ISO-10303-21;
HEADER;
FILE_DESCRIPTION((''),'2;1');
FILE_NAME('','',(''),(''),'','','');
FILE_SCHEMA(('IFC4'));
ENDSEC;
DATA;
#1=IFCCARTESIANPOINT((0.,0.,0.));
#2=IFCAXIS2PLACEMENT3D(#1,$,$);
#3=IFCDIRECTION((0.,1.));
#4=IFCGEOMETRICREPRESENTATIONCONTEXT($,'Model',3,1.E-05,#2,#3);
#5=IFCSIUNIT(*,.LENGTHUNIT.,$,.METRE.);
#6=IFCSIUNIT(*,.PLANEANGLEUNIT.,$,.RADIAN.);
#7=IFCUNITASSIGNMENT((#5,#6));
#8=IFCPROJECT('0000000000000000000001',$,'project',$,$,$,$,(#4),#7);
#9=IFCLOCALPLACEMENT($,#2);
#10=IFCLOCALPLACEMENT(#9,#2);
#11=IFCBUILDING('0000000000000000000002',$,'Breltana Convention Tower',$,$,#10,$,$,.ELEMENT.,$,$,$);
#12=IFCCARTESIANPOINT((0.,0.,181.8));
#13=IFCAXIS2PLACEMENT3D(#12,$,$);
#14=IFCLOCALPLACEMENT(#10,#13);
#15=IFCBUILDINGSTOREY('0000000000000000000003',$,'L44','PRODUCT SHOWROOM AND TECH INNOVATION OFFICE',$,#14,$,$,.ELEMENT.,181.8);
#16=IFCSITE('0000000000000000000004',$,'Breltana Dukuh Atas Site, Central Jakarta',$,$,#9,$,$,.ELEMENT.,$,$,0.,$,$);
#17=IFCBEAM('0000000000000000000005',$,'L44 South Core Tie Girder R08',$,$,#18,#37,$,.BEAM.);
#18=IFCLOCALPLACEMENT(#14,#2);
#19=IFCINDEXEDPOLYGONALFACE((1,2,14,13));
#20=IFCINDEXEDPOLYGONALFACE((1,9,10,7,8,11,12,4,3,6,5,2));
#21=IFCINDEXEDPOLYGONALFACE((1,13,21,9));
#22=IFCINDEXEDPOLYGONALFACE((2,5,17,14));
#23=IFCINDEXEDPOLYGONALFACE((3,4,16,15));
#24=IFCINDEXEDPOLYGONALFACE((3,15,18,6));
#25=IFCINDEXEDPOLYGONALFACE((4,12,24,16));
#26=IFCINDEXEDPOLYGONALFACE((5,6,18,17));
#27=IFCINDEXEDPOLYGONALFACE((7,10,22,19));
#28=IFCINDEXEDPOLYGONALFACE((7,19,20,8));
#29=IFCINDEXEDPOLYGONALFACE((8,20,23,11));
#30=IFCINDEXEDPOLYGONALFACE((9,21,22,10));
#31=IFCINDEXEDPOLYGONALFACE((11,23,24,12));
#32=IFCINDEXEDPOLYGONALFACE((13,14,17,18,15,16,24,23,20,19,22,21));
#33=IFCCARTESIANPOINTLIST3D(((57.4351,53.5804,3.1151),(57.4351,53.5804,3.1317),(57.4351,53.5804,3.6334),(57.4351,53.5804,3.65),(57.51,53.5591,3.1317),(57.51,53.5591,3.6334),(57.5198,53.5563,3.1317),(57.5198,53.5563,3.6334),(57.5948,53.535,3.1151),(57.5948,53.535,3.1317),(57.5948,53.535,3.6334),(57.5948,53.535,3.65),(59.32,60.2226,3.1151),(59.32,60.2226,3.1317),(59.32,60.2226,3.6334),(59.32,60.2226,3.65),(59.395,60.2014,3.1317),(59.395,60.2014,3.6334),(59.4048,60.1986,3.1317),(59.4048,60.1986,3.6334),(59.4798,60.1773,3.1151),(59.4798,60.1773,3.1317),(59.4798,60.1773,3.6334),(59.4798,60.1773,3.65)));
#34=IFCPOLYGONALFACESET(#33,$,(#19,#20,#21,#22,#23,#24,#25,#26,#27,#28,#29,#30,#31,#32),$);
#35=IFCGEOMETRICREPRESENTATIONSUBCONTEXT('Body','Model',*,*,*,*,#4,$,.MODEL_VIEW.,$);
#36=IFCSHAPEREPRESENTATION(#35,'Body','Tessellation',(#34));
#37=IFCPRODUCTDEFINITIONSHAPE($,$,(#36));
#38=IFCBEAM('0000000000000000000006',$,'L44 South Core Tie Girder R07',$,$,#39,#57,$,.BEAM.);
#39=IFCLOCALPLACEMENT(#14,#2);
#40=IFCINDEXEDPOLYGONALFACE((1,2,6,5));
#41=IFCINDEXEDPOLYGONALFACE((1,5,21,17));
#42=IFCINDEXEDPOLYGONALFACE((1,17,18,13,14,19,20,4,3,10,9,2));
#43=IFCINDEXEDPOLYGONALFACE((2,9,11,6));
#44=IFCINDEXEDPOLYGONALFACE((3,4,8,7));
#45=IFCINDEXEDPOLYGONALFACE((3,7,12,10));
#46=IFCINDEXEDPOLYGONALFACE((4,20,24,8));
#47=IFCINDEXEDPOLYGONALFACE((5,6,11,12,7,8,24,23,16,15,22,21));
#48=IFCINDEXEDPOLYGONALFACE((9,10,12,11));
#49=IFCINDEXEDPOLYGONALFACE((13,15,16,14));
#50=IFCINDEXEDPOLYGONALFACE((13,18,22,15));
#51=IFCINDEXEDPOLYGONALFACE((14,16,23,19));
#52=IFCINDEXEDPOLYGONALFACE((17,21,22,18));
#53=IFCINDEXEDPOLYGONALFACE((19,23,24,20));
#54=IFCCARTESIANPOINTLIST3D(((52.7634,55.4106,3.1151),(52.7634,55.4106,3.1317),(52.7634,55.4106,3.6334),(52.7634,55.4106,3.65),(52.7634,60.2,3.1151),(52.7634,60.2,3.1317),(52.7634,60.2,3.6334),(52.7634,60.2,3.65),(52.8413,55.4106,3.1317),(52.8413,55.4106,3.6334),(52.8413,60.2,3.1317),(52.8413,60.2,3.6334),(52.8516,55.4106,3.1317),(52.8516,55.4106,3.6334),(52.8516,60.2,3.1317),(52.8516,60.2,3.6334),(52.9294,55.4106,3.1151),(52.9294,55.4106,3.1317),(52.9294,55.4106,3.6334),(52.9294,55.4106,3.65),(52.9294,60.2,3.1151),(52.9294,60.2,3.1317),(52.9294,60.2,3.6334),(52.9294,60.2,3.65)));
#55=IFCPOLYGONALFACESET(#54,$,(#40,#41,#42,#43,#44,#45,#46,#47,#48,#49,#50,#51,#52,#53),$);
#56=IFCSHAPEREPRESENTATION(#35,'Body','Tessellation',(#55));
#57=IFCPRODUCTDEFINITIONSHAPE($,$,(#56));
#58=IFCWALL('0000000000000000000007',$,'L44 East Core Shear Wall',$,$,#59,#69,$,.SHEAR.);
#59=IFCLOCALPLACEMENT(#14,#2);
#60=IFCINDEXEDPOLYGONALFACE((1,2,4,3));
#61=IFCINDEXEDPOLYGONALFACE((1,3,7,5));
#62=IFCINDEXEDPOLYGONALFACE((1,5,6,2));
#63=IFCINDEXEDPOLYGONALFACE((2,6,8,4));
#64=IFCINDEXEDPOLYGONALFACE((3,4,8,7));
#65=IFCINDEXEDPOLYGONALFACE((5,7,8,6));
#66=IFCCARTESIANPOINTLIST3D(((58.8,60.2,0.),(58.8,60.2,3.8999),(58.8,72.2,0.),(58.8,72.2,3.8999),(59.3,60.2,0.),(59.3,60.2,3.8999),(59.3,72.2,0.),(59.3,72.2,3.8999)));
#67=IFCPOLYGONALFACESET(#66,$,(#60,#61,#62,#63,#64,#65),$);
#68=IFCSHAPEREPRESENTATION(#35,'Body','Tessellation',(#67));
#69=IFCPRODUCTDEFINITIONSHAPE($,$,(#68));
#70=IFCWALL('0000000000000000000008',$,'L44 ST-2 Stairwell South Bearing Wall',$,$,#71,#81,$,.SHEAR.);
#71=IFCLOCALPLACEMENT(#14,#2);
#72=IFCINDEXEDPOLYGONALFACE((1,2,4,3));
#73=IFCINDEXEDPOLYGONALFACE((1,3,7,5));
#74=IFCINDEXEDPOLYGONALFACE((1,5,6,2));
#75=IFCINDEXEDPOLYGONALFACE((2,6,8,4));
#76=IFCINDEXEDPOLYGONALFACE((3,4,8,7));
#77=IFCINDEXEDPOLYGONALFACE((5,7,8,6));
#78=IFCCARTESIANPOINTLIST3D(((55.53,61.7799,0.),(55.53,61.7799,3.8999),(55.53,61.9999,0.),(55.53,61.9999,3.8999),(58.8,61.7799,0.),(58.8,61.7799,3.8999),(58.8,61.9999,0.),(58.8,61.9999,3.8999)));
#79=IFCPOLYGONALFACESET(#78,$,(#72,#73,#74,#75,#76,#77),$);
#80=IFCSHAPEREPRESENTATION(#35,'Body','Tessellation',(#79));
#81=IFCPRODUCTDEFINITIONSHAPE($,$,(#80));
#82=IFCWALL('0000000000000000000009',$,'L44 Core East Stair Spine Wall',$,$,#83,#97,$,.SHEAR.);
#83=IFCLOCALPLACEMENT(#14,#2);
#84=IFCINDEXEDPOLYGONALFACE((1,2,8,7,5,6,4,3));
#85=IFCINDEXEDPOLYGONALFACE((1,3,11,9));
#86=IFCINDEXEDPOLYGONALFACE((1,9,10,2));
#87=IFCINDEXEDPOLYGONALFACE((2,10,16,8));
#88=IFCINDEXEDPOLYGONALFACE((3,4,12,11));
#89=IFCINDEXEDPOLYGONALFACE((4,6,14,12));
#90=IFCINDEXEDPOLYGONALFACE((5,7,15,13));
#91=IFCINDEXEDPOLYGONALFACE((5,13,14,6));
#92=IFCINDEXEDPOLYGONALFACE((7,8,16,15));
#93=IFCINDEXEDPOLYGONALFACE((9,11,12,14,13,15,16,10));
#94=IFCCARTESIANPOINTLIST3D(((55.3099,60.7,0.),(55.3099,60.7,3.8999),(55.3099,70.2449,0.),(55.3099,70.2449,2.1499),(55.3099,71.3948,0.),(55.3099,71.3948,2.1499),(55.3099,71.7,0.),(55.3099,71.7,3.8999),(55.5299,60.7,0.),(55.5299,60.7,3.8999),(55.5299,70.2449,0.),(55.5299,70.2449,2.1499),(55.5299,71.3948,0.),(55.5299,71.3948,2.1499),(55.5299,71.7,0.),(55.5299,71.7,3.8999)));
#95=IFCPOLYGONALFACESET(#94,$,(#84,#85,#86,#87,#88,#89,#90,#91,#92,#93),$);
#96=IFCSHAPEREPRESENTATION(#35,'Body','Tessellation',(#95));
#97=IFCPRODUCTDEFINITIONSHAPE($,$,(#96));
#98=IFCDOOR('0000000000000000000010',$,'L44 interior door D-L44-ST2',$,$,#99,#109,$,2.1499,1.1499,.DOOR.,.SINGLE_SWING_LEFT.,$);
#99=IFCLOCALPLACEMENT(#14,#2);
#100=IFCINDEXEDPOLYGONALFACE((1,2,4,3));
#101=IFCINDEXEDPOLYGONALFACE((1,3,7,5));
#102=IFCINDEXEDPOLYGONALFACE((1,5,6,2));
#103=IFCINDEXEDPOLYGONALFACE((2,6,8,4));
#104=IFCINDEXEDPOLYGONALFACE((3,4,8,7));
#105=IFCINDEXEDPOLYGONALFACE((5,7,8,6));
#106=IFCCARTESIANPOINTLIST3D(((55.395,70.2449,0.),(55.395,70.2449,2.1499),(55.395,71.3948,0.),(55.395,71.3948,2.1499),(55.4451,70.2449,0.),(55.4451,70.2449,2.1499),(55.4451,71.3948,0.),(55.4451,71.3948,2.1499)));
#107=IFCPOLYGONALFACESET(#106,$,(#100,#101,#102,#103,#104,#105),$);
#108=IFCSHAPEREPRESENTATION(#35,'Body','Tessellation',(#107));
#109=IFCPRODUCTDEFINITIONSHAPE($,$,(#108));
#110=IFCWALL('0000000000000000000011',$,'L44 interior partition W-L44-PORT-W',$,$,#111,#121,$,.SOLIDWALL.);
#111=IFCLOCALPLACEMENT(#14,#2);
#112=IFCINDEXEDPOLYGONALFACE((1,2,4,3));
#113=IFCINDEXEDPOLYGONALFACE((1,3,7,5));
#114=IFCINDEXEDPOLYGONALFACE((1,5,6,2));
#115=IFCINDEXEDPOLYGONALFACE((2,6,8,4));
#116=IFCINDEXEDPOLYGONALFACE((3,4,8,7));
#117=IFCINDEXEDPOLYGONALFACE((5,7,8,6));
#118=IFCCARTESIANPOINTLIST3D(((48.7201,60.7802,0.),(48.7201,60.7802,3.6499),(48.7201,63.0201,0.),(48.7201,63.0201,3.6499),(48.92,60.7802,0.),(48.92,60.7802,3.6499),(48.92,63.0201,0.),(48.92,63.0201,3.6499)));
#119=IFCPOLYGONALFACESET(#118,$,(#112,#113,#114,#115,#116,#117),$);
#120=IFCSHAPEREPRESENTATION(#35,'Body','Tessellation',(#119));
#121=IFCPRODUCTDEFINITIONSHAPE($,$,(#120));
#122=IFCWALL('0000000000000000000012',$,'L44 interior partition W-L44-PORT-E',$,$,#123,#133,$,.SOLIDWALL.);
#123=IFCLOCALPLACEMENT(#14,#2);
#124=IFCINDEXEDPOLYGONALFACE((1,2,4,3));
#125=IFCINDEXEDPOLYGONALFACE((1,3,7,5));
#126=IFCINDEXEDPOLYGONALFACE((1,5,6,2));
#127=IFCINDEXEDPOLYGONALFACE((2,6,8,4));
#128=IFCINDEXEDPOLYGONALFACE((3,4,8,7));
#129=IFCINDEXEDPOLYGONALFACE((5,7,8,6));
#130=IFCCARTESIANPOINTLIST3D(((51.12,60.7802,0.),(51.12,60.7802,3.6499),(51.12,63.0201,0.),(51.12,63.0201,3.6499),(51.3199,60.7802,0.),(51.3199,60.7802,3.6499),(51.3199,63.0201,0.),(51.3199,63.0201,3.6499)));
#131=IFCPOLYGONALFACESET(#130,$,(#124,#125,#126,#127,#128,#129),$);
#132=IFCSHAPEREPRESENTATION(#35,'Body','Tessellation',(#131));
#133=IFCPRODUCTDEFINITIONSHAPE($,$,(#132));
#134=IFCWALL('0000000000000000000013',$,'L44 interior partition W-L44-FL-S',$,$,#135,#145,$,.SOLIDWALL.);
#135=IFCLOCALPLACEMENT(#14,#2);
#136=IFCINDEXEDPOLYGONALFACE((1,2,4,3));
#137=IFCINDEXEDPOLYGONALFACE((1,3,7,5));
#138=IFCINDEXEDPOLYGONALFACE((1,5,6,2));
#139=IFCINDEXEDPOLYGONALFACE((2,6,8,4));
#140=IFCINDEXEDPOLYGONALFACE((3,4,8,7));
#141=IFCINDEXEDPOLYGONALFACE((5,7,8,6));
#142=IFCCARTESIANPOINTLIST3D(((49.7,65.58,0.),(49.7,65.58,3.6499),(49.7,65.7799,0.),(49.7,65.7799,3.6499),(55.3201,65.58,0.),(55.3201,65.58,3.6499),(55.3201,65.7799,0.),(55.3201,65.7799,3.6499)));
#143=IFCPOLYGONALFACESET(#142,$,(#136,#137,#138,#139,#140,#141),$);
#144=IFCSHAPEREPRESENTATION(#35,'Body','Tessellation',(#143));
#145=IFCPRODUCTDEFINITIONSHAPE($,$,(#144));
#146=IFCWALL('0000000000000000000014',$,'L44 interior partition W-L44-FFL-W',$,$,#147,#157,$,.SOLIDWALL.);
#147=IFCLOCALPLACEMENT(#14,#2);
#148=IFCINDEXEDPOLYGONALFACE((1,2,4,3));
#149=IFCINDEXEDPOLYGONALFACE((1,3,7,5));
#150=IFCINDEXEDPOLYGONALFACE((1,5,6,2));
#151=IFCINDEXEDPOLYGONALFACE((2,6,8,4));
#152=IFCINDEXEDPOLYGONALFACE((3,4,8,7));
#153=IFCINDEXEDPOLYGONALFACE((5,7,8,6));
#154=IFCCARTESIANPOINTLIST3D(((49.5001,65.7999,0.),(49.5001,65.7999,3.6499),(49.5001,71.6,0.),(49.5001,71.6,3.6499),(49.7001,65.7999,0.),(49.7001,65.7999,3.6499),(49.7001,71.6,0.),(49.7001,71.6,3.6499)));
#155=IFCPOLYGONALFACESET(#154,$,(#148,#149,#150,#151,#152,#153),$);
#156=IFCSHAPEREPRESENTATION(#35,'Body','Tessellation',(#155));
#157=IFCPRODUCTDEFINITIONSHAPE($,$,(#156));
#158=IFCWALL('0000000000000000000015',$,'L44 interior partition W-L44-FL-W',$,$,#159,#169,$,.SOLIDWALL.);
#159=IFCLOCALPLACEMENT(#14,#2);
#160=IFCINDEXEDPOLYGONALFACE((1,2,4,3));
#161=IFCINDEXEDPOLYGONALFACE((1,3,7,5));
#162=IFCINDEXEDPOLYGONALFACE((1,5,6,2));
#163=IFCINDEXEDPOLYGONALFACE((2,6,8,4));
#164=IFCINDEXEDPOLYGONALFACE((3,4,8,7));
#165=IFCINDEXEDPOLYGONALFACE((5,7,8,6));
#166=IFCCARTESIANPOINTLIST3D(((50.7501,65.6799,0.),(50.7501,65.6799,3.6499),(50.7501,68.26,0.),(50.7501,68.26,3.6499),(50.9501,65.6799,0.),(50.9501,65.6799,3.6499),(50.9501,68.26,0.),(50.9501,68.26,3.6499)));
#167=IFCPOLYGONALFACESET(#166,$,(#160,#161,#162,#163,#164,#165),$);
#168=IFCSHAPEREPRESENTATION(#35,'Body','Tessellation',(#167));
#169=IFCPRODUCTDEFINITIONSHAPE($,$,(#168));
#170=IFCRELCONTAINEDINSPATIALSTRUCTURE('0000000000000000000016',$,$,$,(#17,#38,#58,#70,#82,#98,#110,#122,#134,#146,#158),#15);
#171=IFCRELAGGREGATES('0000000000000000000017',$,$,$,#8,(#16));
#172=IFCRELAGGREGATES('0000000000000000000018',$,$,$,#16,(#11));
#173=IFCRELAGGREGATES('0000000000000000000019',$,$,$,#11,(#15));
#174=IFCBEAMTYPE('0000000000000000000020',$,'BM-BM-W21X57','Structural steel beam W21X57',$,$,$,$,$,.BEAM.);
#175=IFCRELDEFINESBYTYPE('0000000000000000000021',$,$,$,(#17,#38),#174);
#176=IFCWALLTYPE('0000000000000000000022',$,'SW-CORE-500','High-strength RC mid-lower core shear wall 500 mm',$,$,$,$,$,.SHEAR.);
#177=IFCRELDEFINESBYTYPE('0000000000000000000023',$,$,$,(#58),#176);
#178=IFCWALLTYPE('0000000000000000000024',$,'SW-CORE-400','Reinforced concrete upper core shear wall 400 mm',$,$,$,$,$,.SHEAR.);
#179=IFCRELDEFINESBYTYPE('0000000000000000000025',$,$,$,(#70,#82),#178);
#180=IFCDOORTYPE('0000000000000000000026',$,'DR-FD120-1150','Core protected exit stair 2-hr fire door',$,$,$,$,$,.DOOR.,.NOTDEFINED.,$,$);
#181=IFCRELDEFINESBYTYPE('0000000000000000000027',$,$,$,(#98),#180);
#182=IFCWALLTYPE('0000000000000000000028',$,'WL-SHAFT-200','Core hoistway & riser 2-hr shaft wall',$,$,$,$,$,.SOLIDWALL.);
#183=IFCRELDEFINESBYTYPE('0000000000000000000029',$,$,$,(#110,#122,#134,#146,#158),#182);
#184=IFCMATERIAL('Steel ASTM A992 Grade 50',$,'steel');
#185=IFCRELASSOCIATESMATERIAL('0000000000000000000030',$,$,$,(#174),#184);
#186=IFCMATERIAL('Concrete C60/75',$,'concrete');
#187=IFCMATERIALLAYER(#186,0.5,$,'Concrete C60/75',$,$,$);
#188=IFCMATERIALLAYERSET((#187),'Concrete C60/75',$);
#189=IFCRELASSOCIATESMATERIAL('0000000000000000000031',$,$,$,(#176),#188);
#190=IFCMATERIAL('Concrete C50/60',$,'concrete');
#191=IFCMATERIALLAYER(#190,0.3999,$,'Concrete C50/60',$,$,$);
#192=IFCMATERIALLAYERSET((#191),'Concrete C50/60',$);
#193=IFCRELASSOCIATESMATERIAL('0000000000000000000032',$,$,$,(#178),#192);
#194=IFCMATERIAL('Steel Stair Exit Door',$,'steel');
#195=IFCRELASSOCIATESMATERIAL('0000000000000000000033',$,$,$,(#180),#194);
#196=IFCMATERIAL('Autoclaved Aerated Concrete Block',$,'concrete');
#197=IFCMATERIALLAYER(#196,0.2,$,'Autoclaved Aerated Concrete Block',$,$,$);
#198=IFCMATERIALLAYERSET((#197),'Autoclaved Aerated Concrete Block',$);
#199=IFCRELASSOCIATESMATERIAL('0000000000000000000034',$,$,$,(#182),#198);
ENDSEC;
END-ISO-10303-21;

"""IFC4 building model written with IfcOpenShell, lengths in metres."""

from ifc_helpers import new_model, si_unit, direction, frame, frame_2d, origin, origin_2d, place, context, subcontext, project, spatial, rectangle, i_section, extrude, source, transform, mapped, material, layer, layer_set, material_profile, profile_set, type_object, type_shapes, element, fill, save


model = new_model("IFC4")

# Units and contexts
model_context = context("Model", 3, precision=1e-05, world=origin(), true_north=direction((0.0, 1.0)))
body_context = subcontext(model_context, "Body", "Model", "MODEL_VIEW")
ifc_project = project(units=[si_unit("LENGTHUNIT", "METRE"), si_unit("PLANEANGLEUNIT", "RADIAN")], contexts=[model_context])

# Site, building, storey
site_placement = place(None, origin())
site = spatial("IfcSite", under=ifc_project, at=site_placement, Name="Breltana Dukuh Atas Site, Central Jakarta", CompositionType="ELEMENT", RefElevation=0.0)
building_placement = place(site_placement, origin())
building = spatial("IfcBuilding", under=site, at=building_placement, Name="Breltana Convention Tower", CompositionType="ELEMENT")
storey_placement = place(building_placement, frame((0.0, 0.0, 181.8)))
storey = spatial("IfcBuildingStorey", under=building, at=storey_placement, Name="L44", Description="PRODUCT SHOWROOM AND TECH INNOVATION OFFICE", CompositionType="ELEMENT", Elevation=181.8)

# Beams
ifc_material_1 = material(Name="Steel ASTM A992 Grade 50", Category="steel")
ifc_material_profile = material_profile(ifc_material_1, i_section(OverallWidth=0.166, OverallDepth=0.5349, WebThickness=0.0103, FlangeThickness=0.0166, at=origin_2d()), Name="W21X57")
ifc_profile_set = profile_set([ifc_material_profile], Name="Steel ASTM A992 Grade 50")
beam_type = type_object("IfcBeamType", Name="BM-BM-W21X57", Description="Structural steel beam W21X57", PredefinedType="BEAM", material=ifc_profile_set)
shared_shape_1 = source(origin(), body_context, "Body", "SweptSolid", [
    extrude(i_section(OverallWidth=0.166, OverallDepth=0.5349, WebThickness=0.0103, FlangeThickness=0.0166, at=origin_2d()), origin(), (0.0, 0.0, 1.0), 6.9045),
])
type_shapes(beam_type, [shared_shape_1])
beam_1_placement = place(storey_placement, frame((59.3999, 60.2, 3.3826), z_axis=(-0.273007, -0.962012, 0.0), x_axis=(0.962012, -0.273007, 0.0)))
element("IfcBeam", 1, at=beam_1_placement, inside=storey, type_object=beam_type, Name="L44 South Core Tie Girder R08", PredefinedType="BEAM", context=body_context, shape_type="MappedRepresentation", body=[
    mapped(shared_shape_1, transform((0.0, 0.0, 0.0), scale=1.0)),
])
shared_shape_2 = source(origin(), body_context, "Body", "SweptSolid", [
    extrude(i_section(OverallWidth=0.166, OverallDepth=0.5349, WebThickness=0.0103, FlangeThickness=0.0166, at=origin_2d()), origin(), (0.0, 0.0, 1.0), 4.7893),
])
beam_2_placement = place(storey_placement, frame((52.8464, 60.2, 3.3826), z_axis=(0.0, -1.0, 0.0), x_axis=(1.0, 0.0, 0.0)))
element("IfcBeam", 2, at=beam_2_placement, inside=storey, type_object=beam_type, Name="L44 South Core Tie Girder R07", PredefinedType="BEAM", context=body_context, shape_type="MappedRepresentation", body=[
    mapped(shared_shape_2, transform((0.0, 0.0, 0.0), scale=1.0)),
])

# Walls
ifc_material_2 = material(Name="Concrete C60/75", Category="concrete")
ifc_layer_1 = layer(ifc_material_2, 0.5, Name="Concrete C60/75")
ifc_layer_set_1 = layer_set([ifc_layer_1], Name="Concrete C60/75")
wall_type_1 = type_object("IfcWallType", Name="SW-CORE-500", Description="High-strength RC mid-lower core shear wall 500 mm", PredefinedType="SHEAR", material=ifc_layer_set_1)
shared_shape_3 = source(origin(), body_context, "Body", "SweptSolid", [
    extrude(rectangle(XDim=12.0, YDim=0.5, at=frame_2d((6.0, 0.0))), origin(), (0.0, 0.0, 1.0), 3.8999),
])
wall_1_placement = place(storey_placement, frame((59.05, 60.2, 0.0), z_axis=(0.0, 0.0, 1.0), x_axis=(0.0, 1.0, 0.0)))
element("IfcWall", 3, at=wall_1_placement, inside=storey, type_object=wall_type_1, Name="L44 East Core Shear Wall", PredefinedType="SHEAR", context=body_context, shape_type="MappedRepresentation", body=[
    mapped(shared_shape_3, transform((0.0, 0.0, 0.0), scale=1.0)),
])
ifc_material_3 = material(Name="Concrete C50/60", Category="concrete")
ifc_layer_2 = layer(ifc_material_3, 0.3999, Name="Concrete C50/60")
ifc_layer_set_2 = layer_set([ifc_layer_2], Name="Concrete C50/60")
wall_type_2 = type_object("IfcWallType", Name="SW-CORE-400", Description="Reinforced concrete upper core shear wall 400 mm", PredefinedType="SHEAR", material=ifc_layer_set_2)
shared_shape_4 = source(origin(), body_context, "Body", "SweptSolid", [
    extrude(rectangle(XDim=3.27, YDim=0.22, at=frame_2d((1.635, 0.0))), origin(), (0.0, 0.0, 1.0), 3.8999),
])
wall_2_placement = place(storey_placement, frame((55.53, 61.8899, 0.0), z_axis=(0.0, 0.0, 1.0), x_axis=(1.0, 0.0, 0.0)))
element("IfcWall", 4, at=wall_2_placement, inside=storey, type_object=wall_type_2, Name="L44 ST-2 Stairwell South Bearing Wall", PredefinedType="SHEAR", context=body_context, shape_type="MappedRepresentation", body=[
    mapped(shared_shape_4, transform((0.0, 0.0, 0.0), scale=1.0)),
])

# Wall, opening, door
shared_shape_5 = source(origin(), body_context, "Body", "SweptSolid", [
    extrude(rectangle(XDim=11.0, YDim=0.22, at=frame_2d((5.5, 0.0))), origin(), (0.0, 0.0, 1.0), 3.8999),
])
wall_3_placement = place(storey_placement, frame((55.4199, 60.7, 0.0), z_axis=(0.0, 0.0, 1.0), x_axis=(0.0, 1.0, 0.0)))
wall_3 = element("IfcWall", 5, at=wall_3_placement, inside=storey, type_object=wall_type_2, Name="L44 Core East Stair Spine Wall", PredefinedType="SHEAR", context=body_context, shape_type="MappedRepresentation", body=[
    mapped(shared_shape_5, transform((0.0, 0.0, 0.0), scale=1.0)),
])
opening_1_placement = place(wall_3_placement, frame((9.5449, 0.0, 0.0)))
opening_1 = element("IfcOpeningElement", 6, at=opening_1_placement, cuts=wall_3, PredefinedType="OPENING", context=body_context, shape_type="SweptSolid", body=[
    extrude(rectangle(XDim=1.1499, YDim=2.1499, at=frame_2d((0.575, 1.075))), frame((0.0, 0.1201, 0.0), z_axis=(0.0, -1.0, 0.0), x_axis=(1.0, 0.0, 0.0)), (0.0, 0.0, 1.0), 0.24),
])
ifc_material_4 = material(Name="Steel Stair Exit Door", Category="steel")
door_type_1 = type_object("IfcDoorType", Name="DR-FD120-1150", Description="Core protected exit stair 2-hr fire door", OperationType="NOTDEFINED", PredefinedType="DOOR", material=ifc_material_4)
shared_shape_6 = source(origin(), body_context, "Body", "SweptSolid", [
    extrude(rectangle(XDim=1.1499, YDim=2.1499, at=frame_2d((0.575, 1.075))), frame((0.0, 0.0249, 0.0), z_axis=(0.0, -1.0, 0.0), x_axis=(1.0, 0.0, 0.0)), (0.0, 0.0, 1.0), 0.05),
])
type_shapes(door_type_1, [shared_shape_6])
door_1_placement = place(opening_1_placement, origin())
door_1 = element("IfcDoor", 7, at=door_1_placement, inside=storey, type_object=door_type_1, Name="L44 interior door D-L44-ST2", OperationType="SINGLE_SWING_LEFT", OverallHeight=2.1499, OverallWidth=1.1499, PredefinedType="DOOR", context=body_context, shape_type="MappedRepresentation", body=[
    mapped(shared_shape_6, transform((0.0, 0.0, 0.0), scale=1.0)),
])
fill(opening_1, door_1)

# Walls
ifc_material_5 = material(Name="Autoclaved Aerated Concrete Block", Category="concrete")
ifc_layer_3 = layer(ifc_material_5, 0.2, Name="Autoclaved Aerated Concrete Block")
ifc_layer_set_3 = layer_set([ifc_layer_3], Name="Autoclaved Aerated Concrete Block")
wall_type_3 = type_object("IfcWallType", Name="WL-SHAFT-200", Description="Core hoistway & riser 2-hr shaft wall", PredefinedType="SOLIDWALL", material=ifc_layer_set_3)
shared_shape_7 = source(origin(), body_context, "Body", "SweptSolid", [
    extrude(rectangle(XDim=2.24, YDim=0.2, at=frame_2d((1.1201, 0.0))), origin(), (0.0, 0.0, 1.0), 3.6499),
])
for number, where, z_axis, x_axis, name in (
    (8, (48.8201, 60.78, 0.0), (0.0, 0.0, 1.0), (0.0, 1.0, 0.0), "L44 interior partition W-L44-PORT-W"),
    (9, (51.22, 60.78, 0.0), (0.0, 0.0, 1.0), (0.0, 1.0, 0.0), "L44 interior partition W-L44-PORT-E"),
):
    element("IfcWall", number, at=place(storey_placement, frame(where, z_axis=z_axis, x_axis=x_axis)), inside=storey, type_object=wall_type_3, Name=name, PredefinedType="SOLIDWALL", context=body_context, shape_type="MappedRepresentation", body=[
        mapped(shared_shape_7, transform((0.0, 0.0, 0.0), scale=1.0)),
    ])
shared_shape_8 = source(origin(), body_context, "Body", "SweptSolid", [
    extrude(rectangle(XDim=5.6201, YDim=0.2, at=frame_2d((2.8101, 0.0))), origin(), (0.0, 0.0, 1.0), 3.6499),
])
wall_4_placement = place(storey_placement, frame((49.7, 65.6799, 0.0), z_axis=(0.0, 0.0, 1.0), x_axis=(1.0, 0.0, 0.0)))
element("IfcWall", 10, at=wall_4_placement, inside=storey, type_object=wall_type_3, Name="L44 interior partition W-L44-FL-S", PredefinedType="SOLIDWALL", context=body_context, shape_type="MappedRepresentation", body=[
    mapped(shared_shape_8, transform((0.0, 0.0, 0.0), scale=1.0)),
])
shared_shape_9 = source(origin(), body_context, "Body", "SweptSolid", [
    extrude(rectangle(XDim=5.8, YDim=0.2, at=frame_2d((2.8999, 0.0))), origin(), (0.0, 0.0, 1.0), 3.6499),
])
wall_5_placement = place(storey_placement, frame((49.6001, 65.8, 0.0), z_axis=(0.0, 0.0, 1.0), x_axis=(0.0, 1.0, 0.0)))
element("IfcWall", 11, at=wall_5_placement, inside=storey, type_object=wall_type_3, Name="L44 interior partition W-L44-FFL-W", PredefinedType="SOLIDWALL", context=body_context, shape_type="MappedRepresentation", body=[
    mapped(shared_shape_9, transform((0.0, 0.0, 0.0), scale=1.0)),
])
shared_shape_10 = source(origin(), body_context, "Body", "SweptSolid", [
    extrude(rectangle(XDim=2.5801, YDim=0.2, at=frame_2d((1.29, 0.0))), origin(), (0.0, 0.0, 1.0), 3.6499),
])
wall_6_placement = place(storey_placement, frame((50.8501, 65.6799, 0.0), z_axis=(0.0, 0.0, 1.0), x_axis=(0.0, 1.0, 0.0)))
element("IfcWall", 12, at=wall_6_placement, inside=storey, type_object=wall_type_3, Name="L44 interior partition W-L44-FL-W", PredefinedType="SOLIDWALL", context=body_context, shape_type="MappedRepresentation", body=[
    mapped(shared_shape_10, transform((0.0, 0.0, 0.0), scale=1.0)),
])

save(model, "model.ifc")
